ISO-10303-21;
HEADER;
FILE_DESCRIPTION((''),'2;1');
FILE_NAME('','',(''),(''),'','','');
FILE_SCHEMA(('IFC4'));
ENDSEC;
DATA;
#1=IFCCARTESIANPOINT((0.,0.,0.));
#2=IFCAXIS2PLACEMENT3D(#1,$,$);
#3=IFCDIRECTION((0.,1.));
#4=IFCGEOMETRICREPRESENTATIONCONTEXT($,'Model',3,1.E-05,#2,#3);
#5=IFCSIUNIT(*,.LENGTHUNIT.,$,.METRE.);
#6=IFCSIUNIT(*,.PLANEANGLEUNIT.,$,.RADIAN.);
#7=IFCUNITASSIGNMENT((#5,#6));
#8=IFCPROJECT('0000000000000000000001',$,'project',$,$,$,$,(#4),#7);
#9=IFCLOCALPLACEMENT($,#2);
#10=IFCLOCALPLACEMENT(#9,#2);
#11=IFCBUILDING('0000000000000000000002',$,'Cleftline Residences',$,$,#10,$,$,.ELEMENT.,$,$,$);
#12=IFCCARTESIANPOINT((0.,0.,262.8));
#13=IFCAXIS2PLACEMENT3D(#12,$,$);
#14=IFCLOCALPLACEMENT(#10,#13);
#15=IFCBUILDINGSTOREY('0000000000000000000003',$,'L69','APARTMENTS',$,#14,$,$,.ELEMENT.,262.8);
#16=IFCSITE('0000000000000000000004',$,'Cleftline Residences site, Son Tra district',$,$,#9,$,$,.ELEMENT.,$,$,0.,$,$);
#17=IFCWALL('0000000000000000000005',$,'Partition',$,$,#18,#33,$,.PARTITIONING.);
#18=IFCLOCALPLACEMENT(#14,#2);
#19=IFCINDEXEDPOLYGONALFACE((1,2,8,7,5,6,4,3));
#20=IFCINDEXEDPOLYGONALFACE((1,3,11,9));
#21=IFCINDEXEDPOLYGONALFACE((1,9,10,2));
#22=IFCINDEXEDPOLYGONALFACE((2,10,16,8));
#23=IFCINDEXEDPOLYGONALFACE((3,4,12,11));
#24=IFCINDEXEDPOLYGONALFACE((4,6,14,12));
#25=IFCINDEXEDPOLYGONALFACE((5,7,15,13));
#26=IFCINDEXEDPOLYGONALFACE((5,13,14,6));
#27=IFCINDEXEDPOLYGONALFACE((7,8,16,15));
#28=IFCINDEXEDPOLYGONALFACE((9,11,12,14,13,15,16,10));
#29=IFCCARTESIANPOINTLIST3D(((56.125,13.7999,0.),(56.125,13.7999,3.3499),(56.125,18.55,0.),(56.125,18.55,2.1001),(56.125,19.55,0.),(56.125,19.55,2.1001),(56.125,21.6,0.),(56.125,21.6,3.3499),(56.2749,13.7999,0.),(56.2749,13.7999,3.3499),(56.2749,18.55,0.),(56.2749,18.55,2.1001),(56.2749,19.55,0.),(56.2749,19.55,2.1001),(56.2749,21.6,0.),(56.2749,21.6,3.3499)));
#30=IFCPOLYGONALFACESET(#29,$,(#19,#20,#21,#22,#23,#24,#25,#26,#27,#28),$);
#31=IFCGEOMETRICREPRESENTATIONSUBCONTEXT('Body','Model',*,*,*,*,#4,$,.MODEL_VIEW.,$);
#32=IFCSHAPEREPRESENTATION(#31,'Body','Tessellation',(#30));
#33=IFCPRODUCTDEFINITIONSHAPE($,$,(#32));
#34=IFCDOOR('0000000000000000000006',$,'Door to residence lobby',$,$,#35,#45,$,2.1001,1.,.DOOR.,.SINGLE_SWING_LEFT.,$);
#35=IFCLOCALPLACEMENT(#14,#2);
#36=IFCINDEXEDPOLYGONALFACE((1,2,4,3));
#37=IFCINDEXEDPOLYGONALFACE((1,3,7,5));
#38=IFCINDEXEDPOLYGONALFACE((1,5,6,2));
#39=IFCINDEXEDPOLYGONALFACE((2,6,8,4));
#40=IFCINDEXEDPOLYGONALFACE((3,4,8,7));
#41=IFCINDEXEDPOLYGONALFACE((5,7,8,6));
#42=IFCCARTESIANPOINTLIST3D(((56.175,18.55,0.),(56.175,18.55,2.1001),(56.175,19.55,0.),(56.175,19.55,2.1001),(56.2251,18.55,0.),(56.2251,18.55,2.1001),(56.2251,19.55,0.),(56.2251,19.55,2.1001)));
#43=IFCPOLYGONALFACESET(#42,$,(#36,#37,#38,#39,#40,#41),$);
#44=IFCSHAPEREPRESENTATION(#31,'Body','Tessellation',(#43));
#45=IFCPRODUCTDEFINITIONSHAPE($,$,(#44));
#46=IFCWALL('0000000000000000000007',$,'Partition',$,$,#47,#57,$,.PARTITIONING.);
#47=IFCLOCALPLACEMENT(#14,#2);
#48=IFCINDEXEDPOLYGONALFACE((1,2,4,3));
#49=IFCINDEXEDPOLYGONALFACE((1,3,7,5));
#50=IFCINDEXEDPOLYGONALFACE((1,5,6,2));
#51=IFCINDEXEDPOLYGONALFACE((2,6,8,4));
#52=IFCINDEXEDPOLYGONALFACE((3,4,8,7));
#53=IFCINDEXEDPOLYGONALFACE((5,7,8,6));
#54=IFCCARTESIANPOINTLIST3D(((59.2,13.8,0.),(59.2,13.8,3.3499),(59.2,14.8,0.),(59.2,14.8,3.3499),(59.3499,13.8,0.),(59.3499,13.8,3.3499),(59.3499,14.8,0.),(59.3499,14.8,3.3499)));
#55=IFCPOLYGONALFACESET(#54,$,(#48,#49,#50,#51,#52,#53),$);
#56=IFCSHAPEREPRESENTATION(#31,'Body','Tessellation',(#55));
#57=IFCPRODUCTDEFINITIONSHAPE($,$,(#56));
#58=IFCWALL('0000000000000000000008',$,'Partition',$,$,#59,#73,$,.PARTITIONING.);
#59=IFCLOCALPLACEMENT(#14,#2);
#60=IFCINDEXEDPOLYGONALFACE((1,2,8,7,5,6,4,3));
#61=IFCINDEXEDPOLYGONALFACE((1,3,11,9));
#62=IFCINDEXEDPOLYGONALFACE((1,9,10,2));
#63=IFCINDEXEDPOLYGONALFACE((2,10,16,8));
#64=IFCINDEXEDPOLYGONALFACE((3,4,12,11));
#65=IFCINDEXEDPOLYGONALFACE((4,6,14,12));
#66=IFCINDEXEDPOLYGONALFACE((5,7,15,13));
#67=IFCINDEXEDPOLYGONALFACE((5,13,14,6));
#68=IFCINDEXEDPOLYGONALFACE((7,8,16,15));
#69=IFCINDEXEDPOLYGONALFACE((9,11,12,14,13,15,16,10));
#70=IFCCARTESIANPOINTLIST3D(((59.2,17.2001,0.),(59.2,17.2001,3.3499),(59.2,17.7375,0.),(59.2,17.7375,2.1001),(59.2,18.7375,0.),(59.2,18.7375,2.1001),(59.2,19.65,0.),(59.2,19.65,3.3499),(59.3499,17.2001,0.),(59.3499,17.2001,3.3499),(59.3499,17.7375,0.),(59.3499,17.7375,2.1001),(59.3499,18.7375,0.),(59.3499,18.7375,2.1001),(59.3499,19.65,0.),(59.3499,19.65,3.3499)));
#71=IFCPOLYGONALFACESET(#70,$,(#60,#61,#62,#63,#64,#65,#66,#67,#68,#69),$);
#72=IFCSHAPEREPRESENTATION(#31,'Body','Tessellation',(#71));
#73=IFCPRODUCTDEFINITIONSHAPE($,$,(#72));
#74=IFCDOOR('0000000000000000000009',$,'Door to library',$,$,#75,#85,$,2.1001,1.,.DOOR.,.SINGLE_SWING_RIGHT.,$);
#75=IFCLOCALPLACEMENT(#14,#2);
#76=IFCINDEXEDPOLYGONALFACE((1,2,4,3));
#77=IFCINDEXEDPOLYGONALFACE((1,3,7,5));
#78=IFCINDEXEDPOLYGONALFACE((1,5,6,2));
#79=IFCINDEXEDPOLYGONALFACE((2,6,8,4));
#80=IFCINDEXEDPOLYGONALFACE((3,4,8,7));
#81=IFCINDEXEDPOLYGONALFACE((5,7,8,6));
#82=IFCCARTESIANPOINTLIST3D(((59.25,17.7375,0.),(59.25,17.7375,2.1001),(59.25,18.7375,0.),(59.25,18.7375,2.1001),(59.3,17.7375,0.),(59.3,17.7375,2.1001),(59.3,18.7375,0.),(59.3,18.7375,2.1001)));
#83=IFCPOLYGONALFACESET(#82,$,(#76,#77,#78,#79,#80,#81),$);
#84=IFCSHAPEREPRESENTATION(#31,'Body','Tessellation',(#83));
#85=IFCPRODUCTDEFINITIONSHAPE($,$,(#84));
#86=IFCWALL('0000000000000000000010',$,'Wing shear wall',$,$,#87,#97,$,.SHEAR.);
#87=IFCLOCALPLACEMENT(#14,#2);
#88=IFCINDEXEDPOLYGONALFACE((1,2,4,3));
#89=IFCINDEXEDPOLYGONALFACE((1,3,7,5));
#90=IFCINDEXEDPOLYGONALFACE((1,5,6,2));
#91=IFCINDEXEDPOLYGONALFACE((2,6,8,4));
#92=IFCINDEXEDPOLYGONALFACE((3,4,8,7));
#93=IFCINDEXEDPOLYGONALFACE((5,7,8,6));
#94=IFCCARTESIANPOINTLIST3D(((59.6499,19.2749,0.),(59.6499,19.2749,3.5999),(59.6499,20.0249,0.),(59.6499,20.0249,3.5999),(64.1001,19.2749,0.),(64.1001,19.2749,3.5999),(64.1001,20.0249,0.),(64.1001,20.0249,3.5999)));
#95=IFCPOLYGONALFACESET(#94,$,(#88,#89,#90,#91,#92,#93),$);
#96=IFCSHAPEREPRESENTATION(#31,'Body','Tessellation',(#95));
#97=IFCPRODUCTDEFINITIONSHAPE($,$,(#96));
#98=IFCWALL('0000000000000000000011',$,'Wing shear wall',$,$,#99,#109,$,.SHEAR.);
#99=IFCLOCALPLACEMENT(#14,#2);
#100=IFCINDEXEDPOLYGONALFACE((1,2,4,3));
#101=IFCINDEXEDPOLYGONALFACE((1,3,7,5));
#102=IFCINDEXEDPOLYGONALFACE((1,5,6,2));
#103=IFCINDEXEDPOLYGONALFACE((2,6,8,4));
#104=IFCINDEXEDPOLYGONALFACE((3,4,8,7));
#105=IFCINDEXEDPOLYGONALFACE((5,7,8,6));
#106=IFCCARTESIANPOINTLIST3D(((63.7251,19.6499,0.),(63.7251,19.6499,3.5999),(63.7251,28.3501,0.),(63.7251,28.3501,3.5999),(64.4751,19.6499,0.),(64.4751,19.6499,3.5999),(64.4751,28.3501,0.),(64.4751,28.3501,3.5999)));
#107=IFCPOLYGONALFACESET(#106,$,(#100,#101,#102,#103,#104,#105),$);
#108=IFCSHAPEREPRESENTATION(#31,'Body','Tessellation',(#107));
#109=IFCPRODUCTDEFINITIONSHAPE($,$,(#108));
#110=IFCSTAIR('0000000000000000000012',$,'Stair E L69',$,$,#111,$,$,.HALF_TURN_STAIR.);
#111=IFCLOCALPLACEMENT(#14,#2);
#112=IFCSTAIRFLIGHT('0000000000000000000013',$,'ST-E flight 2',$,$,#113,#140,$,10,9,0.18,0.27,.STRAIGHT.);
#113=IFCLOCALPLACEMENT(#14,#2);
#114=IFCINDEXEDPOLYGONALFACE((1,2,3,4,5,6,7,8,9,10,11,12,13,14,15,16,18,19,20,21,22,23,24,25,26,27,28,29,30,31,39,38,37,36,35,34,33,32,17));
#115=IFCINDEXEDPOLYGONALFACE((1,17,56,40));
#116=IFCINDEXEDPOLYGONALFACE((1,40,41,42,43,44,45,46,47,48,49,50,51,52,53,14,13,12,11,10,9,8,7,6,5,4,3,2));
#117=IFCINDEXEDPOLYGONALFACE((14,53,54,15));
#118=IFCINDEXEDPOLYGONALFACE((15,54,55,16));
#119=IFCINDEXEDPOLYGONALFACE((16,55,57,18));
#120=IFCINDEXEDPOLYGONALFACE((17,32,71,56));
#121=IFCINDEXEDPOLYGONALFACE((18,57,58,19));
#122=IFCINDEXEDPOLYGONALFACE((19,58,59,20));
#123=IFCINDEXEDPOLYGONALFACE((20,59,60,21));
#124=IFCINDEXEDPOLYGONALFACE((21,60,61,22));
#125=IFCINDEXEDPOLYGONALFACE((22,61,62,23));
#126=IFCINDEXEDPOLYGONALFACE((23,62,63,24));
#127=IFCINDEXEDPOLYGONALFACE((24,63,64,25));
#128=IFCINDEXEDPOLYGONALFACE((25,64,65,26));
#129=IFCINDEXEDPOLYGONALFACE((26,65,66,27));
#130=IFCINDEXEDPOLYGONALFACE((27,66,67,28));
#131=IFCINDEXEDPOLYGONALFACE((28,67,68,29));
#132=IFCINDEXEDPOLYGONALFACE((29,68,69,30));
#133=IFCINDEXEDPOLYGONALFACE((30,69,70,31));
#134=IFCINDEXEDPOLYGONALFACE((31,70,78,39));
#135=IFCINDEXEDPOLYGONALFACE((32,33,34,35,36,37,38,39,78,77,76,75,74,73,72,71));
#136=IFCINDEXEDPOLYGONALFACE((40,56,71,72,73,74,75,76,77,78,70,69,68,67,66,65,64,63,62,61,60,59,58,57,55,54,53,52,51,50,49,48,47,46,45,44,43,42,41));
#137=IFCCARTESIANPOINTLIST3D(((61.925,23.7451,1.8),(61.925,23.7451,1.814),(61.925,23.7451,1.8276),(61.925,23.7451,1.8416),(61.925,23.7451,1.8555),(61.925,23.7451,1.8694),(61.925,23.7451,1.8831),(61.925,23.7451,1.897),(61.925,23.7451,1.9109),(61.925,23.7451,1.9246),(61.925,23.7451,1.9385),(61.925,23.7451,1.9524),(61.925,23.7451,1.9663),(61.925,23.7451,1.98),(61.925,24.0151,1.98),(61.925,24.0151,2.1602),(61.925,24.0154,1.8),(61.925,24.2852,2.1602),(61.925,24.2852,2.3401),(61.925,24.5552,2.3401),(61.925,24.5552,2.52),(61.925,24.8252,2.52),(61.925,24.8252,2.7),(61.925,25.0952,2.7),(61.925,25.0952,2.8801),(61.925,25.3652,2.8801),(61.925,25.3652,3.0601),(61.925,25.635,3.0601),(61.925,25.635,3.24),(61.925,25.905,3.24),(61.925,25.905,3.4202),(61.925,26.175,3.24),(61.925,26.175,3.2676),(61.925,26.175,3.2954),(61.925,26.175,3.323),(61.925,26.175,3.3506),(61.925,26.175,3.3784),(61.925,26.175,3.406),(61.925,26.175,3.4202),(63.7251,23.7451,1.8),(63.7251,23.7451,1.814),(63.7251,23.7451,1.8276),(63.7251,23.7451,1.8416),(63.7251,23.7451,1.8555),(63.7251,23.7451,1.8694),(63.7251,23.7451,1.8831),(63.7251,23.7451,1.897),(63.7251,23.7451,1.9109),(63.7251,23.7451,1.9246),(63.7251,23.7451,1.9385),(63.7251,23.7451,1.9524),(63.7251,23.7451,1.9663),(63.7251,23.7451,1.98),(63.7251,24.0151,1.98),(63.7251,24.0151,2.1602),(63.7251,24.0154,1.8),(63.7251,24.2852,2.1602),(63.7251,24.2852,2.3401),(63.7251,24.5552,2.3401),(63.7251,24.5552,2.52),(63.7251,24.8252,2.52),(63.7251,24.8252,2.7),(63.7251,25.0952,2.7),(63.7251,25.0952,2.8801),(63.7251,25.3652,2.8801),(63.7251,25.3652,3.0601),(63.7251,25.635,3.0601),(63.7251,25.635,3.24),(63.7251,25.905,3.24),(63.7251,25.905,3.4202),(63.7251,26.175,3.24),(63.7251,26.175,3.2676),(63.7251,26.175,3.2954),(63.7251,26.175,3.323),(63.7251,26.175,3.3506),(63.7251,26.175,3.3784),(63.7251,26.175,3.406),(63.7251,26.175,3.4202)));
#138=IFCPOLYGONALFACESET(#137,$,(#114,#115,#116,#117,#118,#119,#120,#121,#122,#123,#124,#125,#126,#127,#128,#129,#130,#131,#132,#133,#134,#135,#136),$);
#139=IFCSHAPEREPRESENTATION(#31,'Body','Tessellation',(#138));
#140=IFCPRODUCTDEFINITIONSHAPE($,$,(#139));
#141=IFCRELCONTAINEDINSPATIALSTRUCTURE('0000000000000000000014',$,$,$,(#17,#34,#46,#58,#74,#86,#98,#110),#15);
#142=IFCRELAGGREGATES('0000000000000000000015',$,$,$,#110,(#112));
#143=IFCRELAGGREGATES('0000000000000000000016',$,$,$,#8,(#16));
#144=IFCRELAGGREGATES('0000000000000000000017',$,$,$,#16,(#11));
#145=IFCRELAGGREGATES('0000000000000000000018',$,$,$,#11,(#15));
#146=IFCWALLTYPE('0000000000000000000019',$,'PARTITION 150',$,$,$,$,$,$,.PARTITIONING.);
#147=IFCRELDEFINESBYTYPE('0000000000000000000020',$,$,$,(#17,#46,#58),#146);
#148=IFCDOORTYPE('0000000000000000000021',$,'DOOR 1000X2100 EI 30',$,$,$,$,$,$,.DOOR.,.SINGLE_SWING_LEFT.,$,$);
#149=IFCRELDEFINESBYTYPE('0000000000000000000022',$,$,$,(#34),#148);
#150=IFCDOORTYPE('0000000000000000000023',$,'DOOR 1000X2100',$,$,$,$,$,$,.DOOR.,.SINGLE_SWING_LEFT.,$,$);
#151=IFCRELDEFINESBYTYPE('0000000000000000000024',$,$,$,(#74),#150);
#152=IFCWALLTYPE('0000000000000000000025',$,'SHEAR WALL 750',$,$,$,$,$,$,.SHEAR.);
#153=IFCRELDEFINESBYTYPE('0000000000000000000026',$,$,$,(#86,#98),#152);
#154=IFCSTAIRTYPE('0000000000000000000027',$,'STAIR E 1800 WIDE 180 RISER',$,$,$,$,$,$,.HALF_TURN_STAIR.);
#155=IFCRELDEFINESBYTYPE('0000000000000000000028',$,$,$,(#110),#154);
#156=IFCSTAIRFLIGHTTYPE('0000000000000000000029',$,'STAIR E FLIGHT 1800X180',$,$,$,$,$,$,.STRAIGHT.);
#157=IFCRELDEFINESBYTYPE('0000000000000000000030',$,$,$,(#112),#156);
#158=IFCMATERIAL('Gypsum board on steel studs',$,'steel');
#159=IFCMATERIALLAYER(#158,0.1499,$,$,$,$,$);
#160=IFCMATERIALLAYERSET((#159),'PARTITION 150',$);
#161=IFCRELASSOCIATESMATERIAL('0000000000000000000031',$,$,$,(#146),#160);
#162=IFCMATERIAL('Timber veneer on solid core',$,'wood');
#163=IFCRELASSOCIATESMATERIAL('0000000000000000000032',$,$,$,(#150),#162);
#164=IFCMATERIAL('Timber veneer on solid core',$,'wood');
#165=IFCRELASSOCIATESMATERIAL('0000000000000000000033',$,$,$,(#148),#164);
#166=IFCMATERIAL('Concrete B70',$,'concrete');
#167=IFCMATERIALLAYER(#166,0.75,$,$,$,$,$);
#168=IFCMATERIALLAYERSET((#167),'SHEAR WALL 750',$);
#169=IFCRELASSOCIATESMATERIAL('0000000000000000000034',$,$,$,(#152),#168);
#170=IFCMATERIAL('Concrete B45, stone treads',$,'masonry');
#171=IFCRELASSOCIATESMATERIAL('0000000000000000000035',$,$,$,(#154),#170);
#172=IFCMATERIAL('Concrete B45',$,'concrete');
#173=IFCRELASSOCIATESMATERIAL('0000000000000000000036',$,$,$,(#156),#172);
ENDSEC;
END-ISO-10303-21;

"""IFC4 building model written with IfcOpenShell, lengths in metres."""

from ifc_helpers import new_model, si_unit, direction, frame, frame_2d, origin, place, context, subcontext, project, spatial, polyline, rectangle, outline, extrude, material, layer, layer_set, type_object, element, fill, aggregate, save


model = new_model("IFC4")

# Units and contexts
model_context = context("Model", 3, precision=1e-05, world=origin(), true_north=direction((0.0, 1.0)))
body_context = subcontext(model_context, "Body", "Model", "MODEL_VIEW")
ifc_project = project(units=[si_unit("LENGTHUNIT", "METRE"), si_unit("PLANEANGLEUNIT", "RADIAN")], contexts=[model_context])

# Site, building, storey
site_placement = place(None, origin())
site = spatial("IfcSite", under=ifc_project, at=site_placement, Name="Cleftline Residences site, Son Tra district", CompositionType="ELEMENT", RefElevation=0.0)
building_placement = place(site_placement, origin())
building = spatial("IfcBuilding", under=site, at=building_placement, Name="Cleftline Residences", CompositionType="ELEMENT")
storey_placement = place(building_placement, frame((0.0, 0.0, 262.8)))
storey = spatial("IfcBuildingStorey", under=building, at=storey_placement, Name="L69", Description="APARTMENTS", CompositionType="ELEMENT", Elevation=262.8)

# Shared definitions
ifc_material_1 = material(Name="Gypsum board on steel studs", Category="steel")
ifc_layer_1 = layer(ifc_material_1, 0.1499)
ifc_layer_set_1 = layer_set([ifc_layer_1], Name="PARTITION 150")
wall_type_1 = type_object("IfcWallType", Name="PARTITION 150", PredefinedType="PARTITIONING", material=ifc_layer_set_1)
ifc_material_2 = material(Name="Timber veneer on solid core", Category="wood")
door_type_1 = type_object("IfcDoorType", Name="DOOR 1000X2100", OperationType="SINGLE_SWING_LEFT", PredefinedType="DOOR", material=ifc_material_2)

# Wall, opening, door
wall_1_placement = place(storey_placement, frame((56.2, 13.8, 0.0), z_axis=(0.0, 0.0, 1.0), x_axis=(0.0, 1.0, 0.0)))
wall_1 = element("IfcWall", 1, at=wall_1_placement, inside=storey, type_object=wall_type_1, Name="Partition", PredefinedType="PARTITIONING", context=body_context, shape_type="SweptSolid", body=[
    extrude(rectangle(XDim=7.8, YDim=0.1499, at=frame_2d((3.8999, 0.0))), origin(), (0.0, 0.0, 1.0), 3.3499),
])
opening_1_placement = place(wall_1_placement, frame((4.75, 0.0, 0.0)))
opening_1 = element("IfcOpeningElement", 2, at=opening_1_placement, cuts=wall_1, PredefinedType="OPENING", context=body_context, shape_type="SweptSolid", body=[
    extrude(rectangle(XDim=1.0, YDim=2.1001, at=frame_2d((0.5, 1.05))), frame((0.0, 0.085, 0.0), z_axis=(0.0, -1.0, 0.0), x_axis=(1.0, 0.0, 0.0)), (0.0, 0.0, 1.0), 0.1699),
])
ifc_material_3 = material(Name="Timber veneer on solid core", Category="wood")
door_type_2 = type_object("IfcDoorType", Name="DOOR 1000X2100 EI 30", OperationType="SINGLE_SWING_LEFT", PredefinedType="DOOR", material=ifc_material_3)
door_1_placement = place(opening_1_placement, origin())
door_1 = element("IfcDoor", 3, at=door_1_placement, inside=storey, type_object=door_type_2, Name="Door to residence lobby", OperationType="SINGLE_SWING_LEFT", OverallHeight=2.1001, OverallWidth=1.0, PredefinedType="DOOR", context=body_context, shape_type="SweptSolid", body=[
    extrude(rectangle(XDim=1.0, YDim=2.1001, at=frame_2d((0.5, 1.05))), frame((0.0, 0.0249, 0.0), z_axis=(0.0, -1.0, 0.0), x_axis=(1.0, 0.0, 0.0)), (0.0, 0.0, 1.0), 0.05),
])
fill(opening_1, door_1)

# Wall
wall_2_placement = place(storey_placement, frame((59.2749, 13.8, 0.0), z_axis=(0.0, 0.0, 1.0), x_axis=(0.0, 1.0, 0.0)))
element("IfcWall", 4, at=wall_2_placement, inside=storey, type_object=wall_type_1, Name="Partition", PredefinedType="PARTITIONING", context=body_context, shape_type="SweptSolid", body=[
    extrude(rectangle(XDim=1.0, YDim=0.1499, at=frame_2d((0.5, 0.0))), origin(), (0.0, 0.0, 1.0), 3.3499),
])

# Wall, opening, door
wall_3_placement = place(storey_placement, frame((59.2749, 17.2, 0.0), z_axis=(0.0, 0.0, 1.0), x_axis=(0.0, 1.0, 0.0)))
wall_3 = element("IfcWall", 5, at=wall_3_placement, inside=storey, type_object=wall_type_1, Name="Partition", PredefinedType="PARTITIONING", context=body_context, shape_type="SweptSolid", body=[
    extrude(rectangle(XDim=2.45, YDim=0.1499, at=frame_2d((1.2251, 0.0))), origin(), (0.0, 0.0, 1.0), 3.3499),
])
opening_2_placement = place(wall_3_placement, frame((0.5376, 0.0, 0.0)))
opening_2 = element("IfcOpeningElement", 6, at=opening_2_placement, cuts=wall_3, PredefinedType="OPENING", context=body_context, shape_type="SweptSolid", body=[
    extrude(rectangle(XDim=1.0, YDim=2.1001, at=frame_2d((0.5, 1.05))), frame((0.0, 0.085, 0.0), z_axis=(0.0, -1.0, 0.0), x_axis=(1.0, 0.0, 0.0)), (0.0, 0.0, 1.0), 0.1699),
])
door_2_placement = place(opening_2_placement, origin())
door_2 = element("IfcDoor", 7, at=door_2_placement, inside=storey, type_object=door_type_1, Name="Door to library", OperationType="SINGLE_SWING_RIGHT", OverallHeight=2.1001, OverallWidth=1.0, PredefinedType="DOOR", context=body_context, shape_type="SweptSolid", body=[
    extrude(rectangle(XDim=1.0, YDim=2.1001, at=frame_2d((0.5, 1.05))), frame((0.0, 0.0249, 0.0), z_axis=(0.0, -1.0, 0.0), x_axis=(1.0, 0.0, 0.0)), (0.0, 0.0, 1.0), 0.05),
])
fill(opening_2, door_2)

# Walls
ifc_material_4 = material(Name="Concrete B70", Category="concrete")
ifc_layer_2 = layer(ifc_material_4, 0.75)
ifc_layer_set_2 = layer_set([ifc_layer_2], Name="SHEAR WALL 750")
wall_type_2 = type_object("IfcWallType", Name="SHEAR WALL 750", PredefinedType="SHEAR", material=ifc_layer_set_2)
wall_4_placement = place(storey_placement, frame((59.6499, 19.6499, 0.0), z_axis=(0.0, 0.0, 1.0), x_axis=(1.0, 0.0, 0.0)))
element("IfcWall", 8, at=wall_4_placement, inside=storey, type_object=wall_type_2, Name="Wing shear wall", PredefinedType="SHEAR", context=body_context, shape_type="SweptSolid", body=[
    extrude(rectangle(XDim=4.4502, YDim=0.75, at=frame_2d((2.2251, 0.0))), origin(), (0.0, 0.0, 1.0), 3.5999),
])
wall_5_placement = place(storey_placement, frame((64.1001, 19.6499, 0.0), z_axis=(0.0, 0.0, 1.0), x_axis=(0.0, 1.0, 0.0)))
element("IfcWall", 9, at=wall_5_placement, inside=storey, type_object=wall_type_2, Name="Wing shear wall", PredefinedType="SHEAR", context=body_context, shape_type="SweptSolid", body=[
    extrude(rectangle(XDim=8.7002, YDim=0.75, at=frame_2d((4.3501, 0.0))), origin(), (0.0, 0.0, 1.0), 3.5999),
])

# Stair, stair flight
ifc_material_5 = material(Name="Concrete B45, stone treads", Category="masonry")
stair_type = type_object("IfcStairType", Name="STAIR E 1800 WIDE 180 RISER", PredefinedType="HALF_TURN_STAIR", material=ifc_material_5)
stair_placement = place(storey_placement, origin())
stair = element("IfcStair", 10, at=stair_placement, inside=storey, type_object=stair_type, Name="Stair E L69", PredefinedType="HALF_TURN_STAIR")
ifc_material_6 = material(Name="Concrete B45", Category="concrete")
stair_flight_type = type_object("IfcStairFlightType", Name="STAIR E FLIGHT 1800X180", PredefinedType="STRAIGHT", material=ifc_material_6)
stair_flight_placement = place(storey_placement, frame((62.825, 23.7451, 1.8), z_axis=(0.0, 0.0, 1.0), x_axis=(0.0, 1.0, 0.0)))
stair_flight = element("IfcStairFlight", 11, at=stair_flight_placement, type_object=stair_flight_type, Name="ST-E flight 2", NumberOfRisers=10, NumberOfTreads=9, PredefinedType="STRAIGHT", RiserHeight=0.18, TreadLength=0.27, context=body_context, shape_type="SweptSolid", body=[
    extrude(outline(polyline([(0.0, 0.0), (0.0, 0.0139), (0.0, 0.0276), (0.0, 0.0415), (0.0, 0.0554), (0.0, 0.0693), (0.0, 0.083), (0.0, 0.0969), (0.0, 0.1108), (0.0, 0.1245), (0.0, 0.1384), (0.0, 0.1523), (0.0, 0.1663), (0.0, 0.1799), (0.27, 0.1799), (0.27, 0.3601), (0.54, 0.3601), (0.54, 0.54), (0.8101, 0.54), (0.8101, 0.72), (1.0801, 0.72), (1.0801, 0.8999), (1.3501, 0.8999), (1.3501, 1.0801), (1.6201, 1.0801), (1.6201, 1.26), (1.8899, 1.26), (1.8899, 1.4399), (2.1599, 1.4399), (2.1599, 1.6201), (2.4299, 1.6201), (2.4299, 1.8), (2.4299, 1.7722), (2.4299, 1.7446), (2.4299, 1.7168), (2.4299, 1.6892), (2.4299, 1.6614), (2.4299, 1.6338), (2.4299, 1.606), (2.4299, 1.5784), (2.4299, 1.5505), (2.4299, 1.5229), (2.4299, 1.4954), (2.4299, 1.4675), (2.4299, 1.4399), (0.2703, 0.0), (0.0, 0.0)])), frame((0.0, 0.8999, 0.0), z_axis=(0.0, -1.0, 0.0), x_axis=(1.0, 0.0, 0.0)), (0.0, 0.0, 1.0), 1.8),
])
aggregate(stair, [stair_flight])

save(model, "model.ifc")
